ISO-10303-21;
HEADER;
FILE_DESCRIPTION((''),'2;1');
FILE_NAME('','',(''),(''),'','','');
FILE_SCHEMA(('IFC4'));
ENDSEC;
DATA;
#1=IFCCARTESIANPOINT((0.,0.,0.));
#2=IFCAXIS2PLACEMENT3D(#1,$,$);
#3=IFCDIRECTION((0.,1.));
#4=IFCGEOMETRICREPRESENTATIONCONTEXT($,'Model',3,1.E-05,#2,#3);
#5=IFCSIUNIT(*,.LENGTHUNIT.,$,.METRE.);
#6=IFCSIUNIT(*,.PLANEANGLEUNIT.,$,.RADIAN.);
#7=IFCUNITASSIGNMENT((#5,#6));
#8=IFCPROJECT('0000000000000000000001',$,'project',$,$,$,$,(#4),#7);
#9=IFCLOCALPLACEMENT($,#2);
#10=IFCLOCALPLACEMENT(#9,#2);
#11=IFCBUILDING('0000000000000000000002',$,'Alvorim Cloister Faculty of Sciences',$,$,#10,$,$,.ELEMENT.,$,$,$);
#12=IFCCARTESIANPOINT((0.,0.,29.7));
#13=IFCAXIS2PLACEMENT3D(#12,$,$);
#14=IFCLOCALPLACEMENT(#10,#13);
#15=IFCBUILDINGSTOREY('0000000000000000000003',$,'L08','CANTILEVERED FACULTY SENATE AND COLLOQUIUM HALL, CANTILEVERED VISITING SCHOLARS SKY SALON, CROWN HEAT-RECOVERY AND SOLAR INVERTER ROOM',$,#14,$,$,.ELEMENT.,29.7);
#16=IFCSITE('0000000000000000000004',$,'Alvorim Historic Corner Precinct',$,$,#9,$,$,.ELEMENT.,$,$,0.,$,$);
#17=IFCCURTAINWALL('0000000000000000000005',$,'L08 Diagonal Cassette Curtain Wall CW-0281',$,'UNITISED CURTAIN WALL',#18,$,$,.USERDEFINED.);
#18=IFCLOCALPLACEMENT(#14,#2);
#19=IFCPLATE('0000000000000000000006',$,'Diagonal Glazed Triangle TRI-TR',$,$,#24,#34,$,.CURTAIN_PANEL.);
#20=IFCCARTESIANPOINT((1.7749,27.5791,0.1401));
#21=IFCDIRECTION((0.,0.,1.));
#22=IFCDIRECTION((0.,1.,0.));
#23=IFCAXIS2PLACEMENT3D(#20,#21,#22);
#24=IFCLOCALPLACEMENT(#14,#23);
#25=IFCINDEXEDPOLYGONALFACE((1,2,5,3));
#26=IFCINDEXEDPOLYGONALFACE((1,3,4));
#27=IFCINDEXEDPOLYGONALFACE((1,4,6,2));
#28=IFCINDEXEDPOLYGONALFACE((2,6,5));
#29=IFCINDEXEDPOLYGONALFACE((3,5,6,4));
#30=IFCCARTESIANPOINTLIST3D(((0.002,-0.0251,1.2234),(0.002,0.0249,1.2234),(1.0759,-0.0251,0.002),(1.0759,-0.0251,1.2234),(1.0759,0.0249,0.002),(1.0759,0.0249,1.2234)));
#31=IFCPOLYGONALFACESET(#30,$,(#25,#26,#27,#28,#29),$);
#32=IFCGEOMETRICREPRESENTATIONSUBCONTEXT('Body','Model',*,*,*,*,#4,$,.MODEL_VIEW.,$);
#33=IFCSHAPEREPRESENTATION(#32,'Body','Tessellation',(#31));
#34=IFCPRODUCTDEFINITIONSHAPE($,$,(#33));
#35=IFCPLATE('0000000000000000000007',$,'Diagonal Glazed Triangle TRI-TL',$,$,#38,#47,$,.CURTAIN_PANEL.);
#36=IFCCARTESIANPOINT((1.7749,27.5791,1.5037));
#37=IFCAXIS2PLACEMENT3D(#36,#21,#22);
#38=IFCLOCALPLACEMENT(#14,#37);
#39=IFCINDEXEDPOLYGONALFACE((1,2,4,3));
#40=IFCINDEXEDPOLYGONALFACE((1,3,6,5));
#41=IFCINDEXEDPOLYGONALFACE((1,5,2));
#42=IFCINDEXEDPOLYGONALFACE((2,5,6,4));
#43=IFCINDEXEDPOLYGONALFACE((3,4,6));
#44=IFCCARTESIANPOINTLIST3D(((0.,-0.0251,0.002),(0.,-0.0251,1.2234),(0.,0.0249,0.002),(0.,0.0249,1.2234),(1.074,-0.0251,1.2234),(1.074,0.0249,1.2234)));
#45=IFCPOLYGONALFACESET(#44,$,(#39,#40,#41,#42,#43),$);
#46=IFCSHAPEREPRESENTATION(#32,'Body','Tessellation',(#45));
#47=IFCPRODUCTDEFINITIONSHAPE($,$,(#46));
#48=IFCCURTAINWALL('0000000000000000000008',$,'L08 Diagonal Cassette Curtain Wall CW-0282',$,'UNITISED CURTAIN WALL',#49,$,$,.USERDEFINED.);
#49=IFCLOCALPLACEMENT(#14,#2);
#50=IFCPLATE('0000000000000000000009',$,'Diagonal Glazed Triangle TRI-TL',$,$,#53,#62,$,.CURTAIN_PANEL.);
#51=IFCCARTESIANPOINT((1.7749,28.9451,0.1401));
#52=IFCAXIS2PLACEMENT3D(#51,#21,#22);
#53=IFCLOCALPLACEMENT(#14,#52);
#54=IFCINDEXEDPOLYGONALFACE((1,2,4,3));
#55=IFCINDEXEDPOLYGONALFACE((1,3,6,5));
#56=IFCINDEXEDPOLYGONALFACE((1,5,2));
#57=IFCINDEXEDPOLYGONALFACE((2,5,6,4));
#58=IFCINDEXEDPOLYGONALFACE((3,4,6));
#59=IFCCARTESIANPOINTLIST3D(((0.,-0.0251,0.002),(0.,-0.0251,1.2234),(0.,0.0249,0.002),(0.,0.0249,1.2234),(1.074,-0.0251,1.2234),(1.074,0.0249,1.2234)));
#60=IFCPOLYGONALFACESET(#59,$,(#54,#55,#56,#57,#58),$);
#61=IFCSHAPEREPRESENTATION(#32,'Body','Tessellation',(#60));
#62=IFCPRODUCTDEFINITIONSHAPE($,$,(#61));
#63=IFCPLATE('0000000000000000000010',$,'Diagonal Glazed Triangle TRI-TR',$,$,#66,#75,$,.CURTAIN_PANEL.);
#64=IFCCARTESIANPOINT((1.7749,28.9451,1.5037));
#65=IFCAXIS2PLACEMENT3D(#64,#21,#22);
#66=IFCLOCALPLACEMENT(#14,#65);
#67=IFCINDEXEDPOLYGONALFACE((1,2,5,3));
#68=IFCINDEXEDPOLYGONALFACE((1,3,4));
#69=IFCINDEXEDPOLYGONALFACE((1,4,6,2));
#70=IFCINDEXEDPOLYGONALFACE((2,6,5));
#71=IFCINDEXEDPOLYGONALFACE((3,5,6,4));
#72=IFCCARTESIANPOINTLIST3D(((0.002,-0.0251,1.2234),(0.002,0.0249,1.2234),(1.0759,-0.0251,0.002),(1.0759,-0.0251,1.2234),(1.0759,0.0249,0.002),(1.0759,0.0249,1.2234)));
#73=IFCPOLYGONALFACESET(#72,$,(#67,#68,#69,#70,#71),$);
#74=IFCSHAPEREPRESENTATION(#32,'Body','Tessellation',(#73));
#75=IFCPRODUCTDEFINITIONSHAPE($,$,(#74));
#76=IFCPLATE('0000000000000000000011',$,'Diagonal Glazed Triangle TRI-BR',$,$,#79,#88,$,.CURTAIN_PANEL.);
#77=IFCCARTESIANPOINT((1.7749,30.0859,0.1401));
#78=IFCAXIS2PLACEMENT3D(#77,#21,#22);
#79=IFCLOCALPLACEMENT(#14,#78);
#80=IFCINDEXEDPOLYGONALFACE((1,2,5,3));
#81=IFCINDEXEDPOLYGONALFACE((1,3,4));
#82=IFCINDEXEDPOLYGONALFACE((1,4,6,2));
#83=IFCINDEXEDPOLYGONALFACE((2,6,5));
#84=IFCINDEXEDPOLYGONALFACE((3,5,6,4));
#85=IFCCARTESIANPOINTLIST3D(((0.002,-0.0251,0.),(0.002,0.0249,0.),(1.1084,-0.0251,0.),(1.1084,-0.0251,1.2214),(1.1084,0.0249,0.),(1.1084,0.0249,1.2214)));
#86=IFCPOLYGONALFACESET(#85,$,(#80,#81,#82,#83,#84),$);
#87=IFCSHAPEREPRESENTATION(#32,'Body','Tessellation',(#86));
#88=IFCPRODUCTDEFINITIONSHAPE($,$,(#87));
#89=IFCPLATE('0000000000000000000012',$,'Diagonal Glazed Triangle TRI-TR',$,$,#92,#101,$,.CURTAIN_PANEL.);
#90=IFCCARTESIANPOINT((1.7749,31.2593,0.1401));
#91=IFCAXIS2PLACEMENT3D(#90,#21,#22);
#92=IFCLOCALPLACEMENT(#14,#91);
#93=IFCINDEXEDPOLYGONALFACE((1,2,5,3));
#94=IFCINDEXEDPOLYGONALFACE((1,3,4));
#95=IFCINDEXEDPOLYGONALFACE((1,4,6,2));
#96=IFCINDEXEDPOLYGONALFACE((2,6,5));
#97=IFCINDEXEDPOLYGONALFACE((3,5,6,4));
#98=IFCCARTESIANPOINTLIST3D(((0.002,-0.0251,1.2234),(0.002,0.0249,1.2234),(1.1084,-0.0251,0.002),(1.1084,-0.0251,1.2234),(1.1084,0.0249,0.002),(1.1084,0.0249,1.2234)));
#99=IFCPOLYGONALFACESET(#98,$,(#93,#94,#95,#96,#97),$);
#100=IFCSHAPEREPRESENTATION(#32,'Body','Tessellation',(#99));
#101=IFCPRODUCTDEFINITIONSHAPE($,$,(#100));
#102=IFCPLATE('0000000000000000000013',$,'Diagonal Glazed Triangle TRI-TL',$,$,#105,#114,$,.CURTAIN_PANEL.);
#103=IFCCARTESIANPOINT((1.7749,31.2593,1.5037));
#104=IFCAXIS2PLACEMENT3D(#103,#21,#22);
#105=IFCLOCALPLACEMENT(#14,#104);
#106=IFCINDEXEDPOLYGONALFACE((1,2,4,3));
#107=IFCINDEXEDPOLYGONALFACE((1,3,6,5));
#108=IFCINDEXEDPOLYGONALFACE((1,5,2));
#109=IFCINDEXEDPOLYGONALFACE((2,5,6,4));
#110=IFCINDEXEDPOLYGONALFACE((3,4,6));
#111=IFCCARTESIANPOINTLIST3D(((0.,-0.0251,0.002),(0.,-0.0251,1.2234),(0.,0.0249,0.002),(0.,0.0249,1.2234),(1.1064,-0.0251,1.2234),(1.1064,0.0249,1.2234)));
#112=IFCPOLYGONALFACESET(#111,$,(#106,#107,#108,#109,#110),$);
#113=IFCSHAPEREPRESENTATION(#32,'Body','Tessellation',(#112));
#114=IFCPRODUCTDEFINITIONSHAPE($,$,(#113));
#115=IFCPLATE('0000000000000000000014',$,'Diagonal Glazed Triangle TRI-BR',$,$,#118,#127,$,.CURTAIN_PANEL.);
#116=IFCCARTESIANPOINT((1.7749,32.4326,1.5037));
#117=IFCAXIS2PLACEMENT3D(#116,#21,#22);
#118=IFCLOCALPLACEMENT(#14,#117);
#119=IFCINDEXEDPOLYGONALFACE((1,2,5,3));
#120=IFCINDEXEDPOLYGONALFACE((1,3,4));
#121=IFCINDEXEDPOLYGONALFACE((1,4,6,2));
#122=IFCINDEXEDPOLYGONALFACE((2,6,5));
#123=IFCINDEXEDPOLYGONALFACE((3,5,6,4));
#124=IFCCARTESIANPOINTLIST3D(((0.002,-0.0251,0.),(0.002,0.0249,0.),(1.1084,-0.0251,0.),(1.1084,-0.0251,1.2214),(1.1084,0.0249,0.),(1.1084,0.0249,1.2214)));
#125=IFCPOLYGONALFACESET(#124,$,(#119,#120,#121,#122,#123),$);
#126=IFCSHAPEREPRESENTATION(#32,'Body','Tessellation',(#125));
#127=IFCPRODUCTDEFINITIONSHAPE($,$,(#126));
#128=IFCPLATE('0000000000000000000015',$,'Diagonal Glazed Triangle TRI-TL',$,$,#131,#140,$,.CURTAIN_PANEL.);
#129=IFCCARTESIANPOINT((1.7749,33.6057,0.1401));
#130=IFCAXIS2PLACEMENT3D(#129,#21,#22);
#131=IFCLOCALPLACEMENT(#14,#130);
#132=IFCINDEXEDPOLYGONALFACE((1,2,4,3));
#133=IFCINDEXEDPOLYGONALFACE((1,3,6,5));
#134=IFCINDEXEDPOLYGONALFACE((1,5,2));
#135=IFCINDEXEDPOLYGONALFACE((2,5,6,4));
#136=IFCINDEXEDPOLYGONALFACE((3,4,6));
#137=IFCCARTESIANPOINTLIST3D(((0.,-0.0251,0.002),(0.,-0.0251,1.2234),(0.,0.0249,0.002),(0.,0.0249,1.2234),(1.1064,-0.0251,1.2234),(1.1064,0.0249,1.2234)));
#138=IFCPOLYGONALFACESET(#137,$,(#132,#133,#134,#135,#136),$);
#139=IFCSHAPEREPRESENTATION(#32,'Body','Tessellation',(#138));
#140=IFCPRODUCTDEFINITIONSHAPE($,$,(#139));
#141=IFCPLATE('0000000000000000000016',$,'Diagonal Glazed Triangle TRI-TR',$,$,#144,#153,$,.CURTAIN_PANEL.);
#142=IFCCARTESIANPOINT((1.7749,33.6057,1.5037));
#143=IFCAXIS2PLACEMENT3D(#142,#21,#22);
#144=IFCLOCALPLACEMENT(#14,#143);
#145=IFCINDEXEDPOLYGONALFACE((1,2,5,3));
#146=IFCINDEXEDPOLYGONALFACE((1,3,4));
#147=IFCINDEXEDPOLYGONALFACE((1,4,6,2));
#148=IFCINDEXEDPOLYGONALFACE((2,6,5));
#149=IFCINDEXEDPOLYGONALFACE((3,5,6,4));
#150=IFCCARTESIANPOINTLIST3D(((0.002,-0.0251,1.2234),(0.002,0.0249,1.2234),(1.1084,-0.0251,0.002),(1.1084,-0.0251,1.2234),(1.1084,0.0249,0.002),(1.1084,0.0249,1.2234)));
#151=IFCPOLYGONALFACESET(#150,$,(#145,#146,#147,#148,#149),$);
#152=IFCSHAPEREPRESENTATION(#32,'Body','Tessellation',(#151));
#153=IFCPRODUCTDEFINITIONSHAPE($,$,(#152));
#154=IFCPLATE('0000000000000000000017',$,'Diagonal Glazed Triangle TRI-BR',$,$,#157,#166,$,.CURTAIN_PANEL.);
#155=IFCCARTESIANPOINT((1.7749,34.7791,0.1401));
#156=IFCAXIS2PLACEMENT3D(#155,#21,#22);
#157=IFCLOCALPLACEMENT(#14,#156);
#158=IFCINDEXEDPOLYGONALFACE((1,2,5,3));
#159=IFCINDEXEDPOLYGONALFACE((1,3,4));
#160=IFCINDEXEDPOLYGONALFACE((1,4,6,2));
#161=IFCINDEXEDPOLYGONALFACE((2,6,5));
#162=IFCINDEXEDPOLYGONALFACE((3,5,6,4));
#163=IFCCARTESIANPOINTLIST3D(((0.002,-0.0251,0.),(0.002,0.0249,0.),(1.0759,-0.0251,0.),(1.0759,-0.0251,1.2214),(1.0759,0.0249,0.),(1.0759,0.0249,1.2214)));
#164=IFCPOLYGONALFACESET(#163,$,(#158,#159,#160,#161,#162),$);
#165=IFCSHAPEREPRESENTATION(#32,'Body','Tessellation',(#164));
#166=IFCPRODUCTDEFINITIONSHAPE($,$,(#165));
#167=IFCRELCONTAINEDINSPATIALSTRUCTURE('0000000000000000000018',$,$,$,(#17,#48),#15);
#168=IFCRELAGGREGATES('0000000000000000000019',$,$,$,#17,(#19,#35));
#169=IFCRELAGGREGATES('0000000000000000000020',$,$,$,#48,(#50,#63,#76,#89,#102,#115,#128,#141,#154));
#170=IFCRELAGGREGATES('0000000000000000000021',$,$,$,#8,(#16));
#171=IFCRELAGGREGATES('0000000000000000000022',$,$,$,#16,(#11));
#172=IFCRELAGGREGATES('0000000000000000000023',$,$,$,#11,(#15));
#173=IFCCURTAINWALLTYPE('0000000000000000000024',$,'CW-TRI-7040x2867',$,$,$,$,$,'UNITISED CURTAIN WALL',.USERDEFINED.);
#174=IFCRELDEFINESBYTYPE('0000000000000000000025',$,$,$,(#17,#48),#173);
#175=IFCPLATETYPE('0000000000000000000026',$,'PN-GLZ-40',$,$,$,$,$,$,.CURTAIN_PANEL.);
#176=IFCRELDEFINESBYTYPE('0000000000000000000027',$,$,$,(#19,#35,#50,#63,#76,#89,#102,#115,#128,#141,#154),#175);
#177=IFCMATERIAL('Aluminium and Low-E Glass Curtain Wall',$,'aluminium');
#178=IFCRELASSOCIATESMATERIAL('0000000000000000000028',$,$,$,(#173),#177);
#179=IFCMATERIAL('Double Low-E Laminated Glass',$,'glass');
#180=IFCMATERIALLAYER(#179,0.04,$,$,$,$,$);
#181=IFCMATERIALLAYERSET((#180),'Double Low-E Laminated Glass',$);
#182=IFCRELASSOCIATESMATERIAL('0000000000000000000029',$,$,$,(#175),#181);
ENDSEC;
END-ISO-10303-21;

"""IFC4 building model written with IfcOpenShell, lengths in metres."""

from ifc_helpers import new_model, si_unit, direction, frame, origin, place, context, subcontext, project, spatial, polyline, outline, extrude, material, layer, layer_set, type_object, element, aggregate, save


model = new_model("IFC4")

# Units and contexts
model_context = context("Model", 3, precision=1e-05, world=origin(), true_north=direction((0.0, 1.0)))
body_context = subcontext(model_context, "Body", "Model", "MODEL_VIEW")
ifc_project = project(units=[si_unit("LENGTHUNIT", "METRE"), si_unit("PLANEANGLEUNIT", "RADIAN")], contexts=[model_context])

# Site, building, storey
site_placement = place(None, origin())
site = spatial("IfcSite", under=ifc_project, at=site_placement, Name="Alvorim Historic Corner Precinct", CompositionType="ELEMENT", RefElevation=0.0)
building_placement = place(site_placement, origin())
building = spatial("IfcBuilding", under=site, at=building_placement, Name="Alvorim Cloister Faculty of Sciences", CompositionType="ELEMENT")
storey_placement = place(building_placement, frame((0.0, 0.0, 29.7)))
storey = spatial("IfcBuildingStorey", under=building, at=storey_placement, Name="L08", Description="CANTILEVERED FACULTY SENATE AND COLLOQUIUM HALL, CANTILEVERED VISITING SCHOLARS SKY SALON, CROWN HEAT-RECOVERY AND SOLAR INVERTER ROOM", CompositionType="ELEMENT", Elevation=29.7)

# Curtain wall, plates
ifc_material_1 = material(Name="Aluminium and Low-E Glass Curtain Wall", Category="aluminium")
curtain_wall_type = type_object("IfcCurtainWallType", Name="CW-TRI-7040x2867", ElementType="UNITISED CURTAIN WALL", PredefinedType="USERDEFINED", material=ifc_material_1)
curtain_wall_1_placement = place(storey_placement, origin())
curtain_wall_1 = element("IfcCurtainWall", 1, at=curtain_wall_1_placement, inside=storey, type_object=curtain_wall_type, Name="L08 Diagonal Cassette Curtain Wall CW-0281", ObjectType="UNITISED CURTAIN WALL", PredefinedType="USERDEFINED")
ifc_material_2 = material(Name="Double Low-E Laminated Glass", Category="glass")
ifc_layer_1 = layer(ifc_material_2, 0.04)
ifc_layer_set_1 = layer_set([ifc_layer_1], Name="Double Low-E Laminated Glass")
plate_type = type_object("IfcPlateType", Name="PN-GLZ-40", PredefinedType="CURTAIN_PANEL", material=ifc_layer_set_1)
plate_1_placement = place(storey_placement, frame((1.7749, 27.5791, 0.1401), z_axis=(0.0, 0.0, 1.0), x_axis=(0.0, 1.0, 0.0)))
plate_1 = element("IfcPlate", 2, at=plate_1_placement, type_object=plate_type, Name="Diagonal Glazed Triangle TRI-TR", PredefinedType="CURTAIN_PANEL", context=body_context, shape_type="SweptSolid", body=[
    extrude(outline(polyline([(1.0759, 0.002), (1.0759, 1.2234), (0.002, 1.2234), (1.0759, 0.002)])), frame((0.0, 0.0249, 0.0), z_axis=(0.0, -1.0, 0.0), x_axis=(1.0, 0.0, 0.0)), (0.0, 0.0, 1.0), 0.05),
])
plate_2_placement = place(storey_placement, frame((1.7749, 27.5791, 1.5037), z_axis=(0.0, 0.0, 1.0), x_axis=(0.0, 1.0, 0.0)))
plate_2 = element("IfcPlate", 3, at=plate_2_placement, type_object=plate_type, Name="Diagonal Glazed Triangle TRI-TL", PredefinedType="CURTAIN_PANEL", context=body_context, shape_type="SweptSolid", body=[
    extrude(outline(polyline([(1.074, 1.2234), (0.0, 1.2234), (0.0, 0.002), (1.074, 1.2234)])), frame((0.0, 0.0249, 0.0), z_axis=(0.0, -1.0, 0.0), x_axis=(1.0, 0.0, 0.0)), (0.0, 0.0, 1.0), 0.05),
])
aggregate(curtain_wall_1, [plate_1, plate_2])

# Curtain wall, plates
curtain_wall_2_placement = place(storey_placement, origin())
curtain_wall_2 = element("IfcCurtainWall", 4, at=curtain_wall_2_placement, inside=storey, type_object=curtain_wall_type, Name="L08 Diagonal Cassette Curtain Wall CW-0282", ObjectType="UNITISED CURTAIN WALL", PredefinedType="USERDEFINED")
plate_3_placement = place(storey_placement, frame((1.7749, 28.9451, 0.1401), z_axis=(0.0, 0.0, 1.0), x_axis=(0.0, 1.0, 0.0)))
plate_3 = element("IfcPlate", 5, at=plate_3_placement, type_object=plate_type, Name="Diagonal Glazed Triangle TRI-TL", PredefinedType="CURTAIN_PANEL", context=body_context, shape_type="SweptSolid", body=[
    extrude(outline(polyline([(1.074, 1.2234), (0.0, 1.2234), (0.0, 0.002), (1.074, 1.2234)])), frame((0.0, 0.0249, 0.0), z_axis=(0.0, -1.0, 0.0), x_axis=(1.0, 0.0, 0.0)), (0.0, 0.0, 1.0), 0.05),
])
plate_4_placement = place(storey_placement, frame((1.7749, 28.9451, 1.5037), z_axis=(0.0, 0.0, 1.0), x_axis=(0.0, 1.0, 0.0)))
plate_4 = element("IfcPlate", 6, at=plate_4_placement, type_object=plate_type, Name="Diagonal Glazed Triangle TRI-TR", PredefinedType="CURTAIN_PANEL", context=body_context, shape_type="SweptSolid", body=[
    extrude(outline(polyline([(1.0759, 0.002), (1.0759, 1.2234), (0.002, 1.2234), (1.0759, 0.002)])), frame((0.0, 0.0249, 0.0), z_axis=(0.0, -1.0, 0.0), x_axis=(1.0, 0.0, 0.0)), (0.0, 0.0, 1.0), 0.05),
])
plate_5_placement = place(storey_placement, frame((1.7749, 30.0859, 0.1401), z_axis=(0.0, 0.0, 1.0), x_axis=(0.0, 1.0, 0.0)))
plate_5 = element("IfcPlate", 7, at=plate_5_placement, type_object=plate_type, Name="Diagonal Glazed Triangle TRI-BR", PredefinedType="CURTAIN_PANEL", context=body_context, shape_type="SweptSolid", body=[
    extrude(outline(polyline([(0.002, 0.0), (1.1084, 0.0), (1.1084, 1.2214), (0.002, 0.0)])), frame((0.0, 0.0249, 0.0), z_axis=(0.0, -1.0, 0.0), x_axis=(1.0, 0.0, 0.0)), (0.0, 0.0, 1.0), 0.05),
])
plate_6_placement = place(storey_placement, frame((1.7749, 31.2593, 0.1401), z_axis=(0.0, 0.0, 1.0), x_axis=(0.0, 1.0, 0.0)))
plate_6 = element("IfcPlate", 8, at=plate_6_placement, type_object=plate_type, Name="Diagonal Glazed Triangle TRI-TR", PredefinedType="CURTAIN_PANEL", context=body_context, shape_type="SweptSolid", body=[
    extrude(outline(polyline([(1.1084, 0.002), (1.1084, 1.2234), (0.002, 1.2234), (1.1084, 0.002)])), frame((0.0, 0.0249, 0.0), z_axis=(0.0, -1.0, 0.0), x_axis=(1.0, 0.0, 0.0)), (0.0, 0.0, 1.0), 0.05),
])
plate_7_placement = place(storey_placement, frame((1.7749, 31.2593, 1.5037), z_axis=(0.0, 0.0, 1.0), x_axis=(0.0, 1.0, 0.0)))
plate_7 = element("IfcPlate", 9, at=plate_7_placement, type_object=plate_type, Name="Diagonal Glazed Triangle TRI-TL", PredefinedType="CURTAIN_PANEL", context=body_context, shape_type="SweptSolid", body=[
    extrude(outline(polyline([(1.1064, 1.2234), (0.0, 1.2234), (0.0, 0.002), (1.1064, 1.2234)])), frame((0.0, 0.0249, 0.0), z_axis=(0.0, -1.0, 0.0), x_axis=(1.0, 0.0, 0.0)), (0.0, 0.0, 1.0), 0.05),
])
plate_8_placement = place(storey_placement, frame((1.7749, 32.4326, 1.5037), z_axis=(0.0, 0.0, 1.0), x_axis=(0.0, 1.0, 0.0)))
plate_8 = element("IfcPlate", 10, at=plate_8_placement, type_object=plate_type, Name="Diagonal Glazed Triangle TRI-BR", PredefinedType="CURTAIN_PANEL", context=body_context, shape_type="SweptSolid", body=[
    extrude(outline(polyline([(0.002, 0.0), (1.1084, 0.0), (1.1084, 1.2214), (0.002, 0.0)])), frame((0.0, 0.0249, 0.0), z_axis=(0.0, -1.0, 0.0), x_axis=(1.0, 0.0, 0.0)), (0.0, 0.0, 1.0), 0.05),
])
plate_9_placement = place(storey_placement, frame((1.7749, 33.6057, 0.1401), z_axis=(0.0, 0.0, 1.0), x_axis=(0.0, 1.0, 0.0)))
plate_9 = element("IfcPlate", 11, at=plate_9_placement, type_object=plate_type, Name="Diagonal Glazed Triangle TRI-TL", PredefinedType="CURTAIN_PANEL", context=body_context, shape_type="SweptSolid", body=[
    extrude(outline(polyline([(1.1064, 1.2234), (0.0, 1.2234), (0.0, 0.002), (1.1064, 1.2234)])), frame((0.0, 0.0249, 0.0), z_axis=(0.0, -1.0, 0.0), x_axis=(1.0, 0.0, 0.0)), (0.0, 0.0, 1.0), 0.05),
])
plate_10_placement = place(storey_placement, frame((1.7749, 33.6057, 1.5037), z_axis=(0.0, 0.0, 1.0), x_axis=(0.0, 1.0, 0.0)))
plate_10 = element("IfcPlate", 12, at=plate_10_placement, type_object=plate_type, Name="Diagonal Glazed Triangle TRI-TR", PredefinedType="CURTAIN_PANEL", context=body_context, shape_type="SweptSolid", body=[
    extrude(outline(polyline([(1.1084, 0.002), (1.1084, 1.2234), (0.002, 1.2234), (1.1084, 0.002)])), frame((0.0, 0.0249, 0.0), z_axis=(0.0, -1.0, 0.0), x_axis=(1.0, 0.0, 0.0)), (0.0, 0.0, 1.0), 0.05),
])
plate_11_placement = place(storey_placement, frame((1.7749, 34.7791, 0.1401), z_axis=(0.0, 0.0, 1.0), x_axis=(0.0, 1.0, 0.0)))
plate_11 = element("IfcPlate", 13, at=plate_11_placement, type_object=plate_type, Name="Diagonal Glazed Triangle TRI-BR", PredefinedType="CURTAIN_PANEL", context=body_context, shape_type="SweptSolid", body=[
    extrude(outline(polyline([(0.002, 0.0), (1.0759, 0.0), (1.0759, 1.2214), (0.002, 0.0)])), frame((0.0, 0.0249, 0.0), z_axis=(0.0, -1.0, 0.0), x_axis=(1.0, 0.0, 0.0)), (0.0, 0.0, 1.0), 0.05),
])
aggregate(curtain_wall_2, [plate_3, plate_4, plate_5, plate_6, plate_7, plate_8, plate_9, plate_10, plate_11])

save(model, "model.ifc")
